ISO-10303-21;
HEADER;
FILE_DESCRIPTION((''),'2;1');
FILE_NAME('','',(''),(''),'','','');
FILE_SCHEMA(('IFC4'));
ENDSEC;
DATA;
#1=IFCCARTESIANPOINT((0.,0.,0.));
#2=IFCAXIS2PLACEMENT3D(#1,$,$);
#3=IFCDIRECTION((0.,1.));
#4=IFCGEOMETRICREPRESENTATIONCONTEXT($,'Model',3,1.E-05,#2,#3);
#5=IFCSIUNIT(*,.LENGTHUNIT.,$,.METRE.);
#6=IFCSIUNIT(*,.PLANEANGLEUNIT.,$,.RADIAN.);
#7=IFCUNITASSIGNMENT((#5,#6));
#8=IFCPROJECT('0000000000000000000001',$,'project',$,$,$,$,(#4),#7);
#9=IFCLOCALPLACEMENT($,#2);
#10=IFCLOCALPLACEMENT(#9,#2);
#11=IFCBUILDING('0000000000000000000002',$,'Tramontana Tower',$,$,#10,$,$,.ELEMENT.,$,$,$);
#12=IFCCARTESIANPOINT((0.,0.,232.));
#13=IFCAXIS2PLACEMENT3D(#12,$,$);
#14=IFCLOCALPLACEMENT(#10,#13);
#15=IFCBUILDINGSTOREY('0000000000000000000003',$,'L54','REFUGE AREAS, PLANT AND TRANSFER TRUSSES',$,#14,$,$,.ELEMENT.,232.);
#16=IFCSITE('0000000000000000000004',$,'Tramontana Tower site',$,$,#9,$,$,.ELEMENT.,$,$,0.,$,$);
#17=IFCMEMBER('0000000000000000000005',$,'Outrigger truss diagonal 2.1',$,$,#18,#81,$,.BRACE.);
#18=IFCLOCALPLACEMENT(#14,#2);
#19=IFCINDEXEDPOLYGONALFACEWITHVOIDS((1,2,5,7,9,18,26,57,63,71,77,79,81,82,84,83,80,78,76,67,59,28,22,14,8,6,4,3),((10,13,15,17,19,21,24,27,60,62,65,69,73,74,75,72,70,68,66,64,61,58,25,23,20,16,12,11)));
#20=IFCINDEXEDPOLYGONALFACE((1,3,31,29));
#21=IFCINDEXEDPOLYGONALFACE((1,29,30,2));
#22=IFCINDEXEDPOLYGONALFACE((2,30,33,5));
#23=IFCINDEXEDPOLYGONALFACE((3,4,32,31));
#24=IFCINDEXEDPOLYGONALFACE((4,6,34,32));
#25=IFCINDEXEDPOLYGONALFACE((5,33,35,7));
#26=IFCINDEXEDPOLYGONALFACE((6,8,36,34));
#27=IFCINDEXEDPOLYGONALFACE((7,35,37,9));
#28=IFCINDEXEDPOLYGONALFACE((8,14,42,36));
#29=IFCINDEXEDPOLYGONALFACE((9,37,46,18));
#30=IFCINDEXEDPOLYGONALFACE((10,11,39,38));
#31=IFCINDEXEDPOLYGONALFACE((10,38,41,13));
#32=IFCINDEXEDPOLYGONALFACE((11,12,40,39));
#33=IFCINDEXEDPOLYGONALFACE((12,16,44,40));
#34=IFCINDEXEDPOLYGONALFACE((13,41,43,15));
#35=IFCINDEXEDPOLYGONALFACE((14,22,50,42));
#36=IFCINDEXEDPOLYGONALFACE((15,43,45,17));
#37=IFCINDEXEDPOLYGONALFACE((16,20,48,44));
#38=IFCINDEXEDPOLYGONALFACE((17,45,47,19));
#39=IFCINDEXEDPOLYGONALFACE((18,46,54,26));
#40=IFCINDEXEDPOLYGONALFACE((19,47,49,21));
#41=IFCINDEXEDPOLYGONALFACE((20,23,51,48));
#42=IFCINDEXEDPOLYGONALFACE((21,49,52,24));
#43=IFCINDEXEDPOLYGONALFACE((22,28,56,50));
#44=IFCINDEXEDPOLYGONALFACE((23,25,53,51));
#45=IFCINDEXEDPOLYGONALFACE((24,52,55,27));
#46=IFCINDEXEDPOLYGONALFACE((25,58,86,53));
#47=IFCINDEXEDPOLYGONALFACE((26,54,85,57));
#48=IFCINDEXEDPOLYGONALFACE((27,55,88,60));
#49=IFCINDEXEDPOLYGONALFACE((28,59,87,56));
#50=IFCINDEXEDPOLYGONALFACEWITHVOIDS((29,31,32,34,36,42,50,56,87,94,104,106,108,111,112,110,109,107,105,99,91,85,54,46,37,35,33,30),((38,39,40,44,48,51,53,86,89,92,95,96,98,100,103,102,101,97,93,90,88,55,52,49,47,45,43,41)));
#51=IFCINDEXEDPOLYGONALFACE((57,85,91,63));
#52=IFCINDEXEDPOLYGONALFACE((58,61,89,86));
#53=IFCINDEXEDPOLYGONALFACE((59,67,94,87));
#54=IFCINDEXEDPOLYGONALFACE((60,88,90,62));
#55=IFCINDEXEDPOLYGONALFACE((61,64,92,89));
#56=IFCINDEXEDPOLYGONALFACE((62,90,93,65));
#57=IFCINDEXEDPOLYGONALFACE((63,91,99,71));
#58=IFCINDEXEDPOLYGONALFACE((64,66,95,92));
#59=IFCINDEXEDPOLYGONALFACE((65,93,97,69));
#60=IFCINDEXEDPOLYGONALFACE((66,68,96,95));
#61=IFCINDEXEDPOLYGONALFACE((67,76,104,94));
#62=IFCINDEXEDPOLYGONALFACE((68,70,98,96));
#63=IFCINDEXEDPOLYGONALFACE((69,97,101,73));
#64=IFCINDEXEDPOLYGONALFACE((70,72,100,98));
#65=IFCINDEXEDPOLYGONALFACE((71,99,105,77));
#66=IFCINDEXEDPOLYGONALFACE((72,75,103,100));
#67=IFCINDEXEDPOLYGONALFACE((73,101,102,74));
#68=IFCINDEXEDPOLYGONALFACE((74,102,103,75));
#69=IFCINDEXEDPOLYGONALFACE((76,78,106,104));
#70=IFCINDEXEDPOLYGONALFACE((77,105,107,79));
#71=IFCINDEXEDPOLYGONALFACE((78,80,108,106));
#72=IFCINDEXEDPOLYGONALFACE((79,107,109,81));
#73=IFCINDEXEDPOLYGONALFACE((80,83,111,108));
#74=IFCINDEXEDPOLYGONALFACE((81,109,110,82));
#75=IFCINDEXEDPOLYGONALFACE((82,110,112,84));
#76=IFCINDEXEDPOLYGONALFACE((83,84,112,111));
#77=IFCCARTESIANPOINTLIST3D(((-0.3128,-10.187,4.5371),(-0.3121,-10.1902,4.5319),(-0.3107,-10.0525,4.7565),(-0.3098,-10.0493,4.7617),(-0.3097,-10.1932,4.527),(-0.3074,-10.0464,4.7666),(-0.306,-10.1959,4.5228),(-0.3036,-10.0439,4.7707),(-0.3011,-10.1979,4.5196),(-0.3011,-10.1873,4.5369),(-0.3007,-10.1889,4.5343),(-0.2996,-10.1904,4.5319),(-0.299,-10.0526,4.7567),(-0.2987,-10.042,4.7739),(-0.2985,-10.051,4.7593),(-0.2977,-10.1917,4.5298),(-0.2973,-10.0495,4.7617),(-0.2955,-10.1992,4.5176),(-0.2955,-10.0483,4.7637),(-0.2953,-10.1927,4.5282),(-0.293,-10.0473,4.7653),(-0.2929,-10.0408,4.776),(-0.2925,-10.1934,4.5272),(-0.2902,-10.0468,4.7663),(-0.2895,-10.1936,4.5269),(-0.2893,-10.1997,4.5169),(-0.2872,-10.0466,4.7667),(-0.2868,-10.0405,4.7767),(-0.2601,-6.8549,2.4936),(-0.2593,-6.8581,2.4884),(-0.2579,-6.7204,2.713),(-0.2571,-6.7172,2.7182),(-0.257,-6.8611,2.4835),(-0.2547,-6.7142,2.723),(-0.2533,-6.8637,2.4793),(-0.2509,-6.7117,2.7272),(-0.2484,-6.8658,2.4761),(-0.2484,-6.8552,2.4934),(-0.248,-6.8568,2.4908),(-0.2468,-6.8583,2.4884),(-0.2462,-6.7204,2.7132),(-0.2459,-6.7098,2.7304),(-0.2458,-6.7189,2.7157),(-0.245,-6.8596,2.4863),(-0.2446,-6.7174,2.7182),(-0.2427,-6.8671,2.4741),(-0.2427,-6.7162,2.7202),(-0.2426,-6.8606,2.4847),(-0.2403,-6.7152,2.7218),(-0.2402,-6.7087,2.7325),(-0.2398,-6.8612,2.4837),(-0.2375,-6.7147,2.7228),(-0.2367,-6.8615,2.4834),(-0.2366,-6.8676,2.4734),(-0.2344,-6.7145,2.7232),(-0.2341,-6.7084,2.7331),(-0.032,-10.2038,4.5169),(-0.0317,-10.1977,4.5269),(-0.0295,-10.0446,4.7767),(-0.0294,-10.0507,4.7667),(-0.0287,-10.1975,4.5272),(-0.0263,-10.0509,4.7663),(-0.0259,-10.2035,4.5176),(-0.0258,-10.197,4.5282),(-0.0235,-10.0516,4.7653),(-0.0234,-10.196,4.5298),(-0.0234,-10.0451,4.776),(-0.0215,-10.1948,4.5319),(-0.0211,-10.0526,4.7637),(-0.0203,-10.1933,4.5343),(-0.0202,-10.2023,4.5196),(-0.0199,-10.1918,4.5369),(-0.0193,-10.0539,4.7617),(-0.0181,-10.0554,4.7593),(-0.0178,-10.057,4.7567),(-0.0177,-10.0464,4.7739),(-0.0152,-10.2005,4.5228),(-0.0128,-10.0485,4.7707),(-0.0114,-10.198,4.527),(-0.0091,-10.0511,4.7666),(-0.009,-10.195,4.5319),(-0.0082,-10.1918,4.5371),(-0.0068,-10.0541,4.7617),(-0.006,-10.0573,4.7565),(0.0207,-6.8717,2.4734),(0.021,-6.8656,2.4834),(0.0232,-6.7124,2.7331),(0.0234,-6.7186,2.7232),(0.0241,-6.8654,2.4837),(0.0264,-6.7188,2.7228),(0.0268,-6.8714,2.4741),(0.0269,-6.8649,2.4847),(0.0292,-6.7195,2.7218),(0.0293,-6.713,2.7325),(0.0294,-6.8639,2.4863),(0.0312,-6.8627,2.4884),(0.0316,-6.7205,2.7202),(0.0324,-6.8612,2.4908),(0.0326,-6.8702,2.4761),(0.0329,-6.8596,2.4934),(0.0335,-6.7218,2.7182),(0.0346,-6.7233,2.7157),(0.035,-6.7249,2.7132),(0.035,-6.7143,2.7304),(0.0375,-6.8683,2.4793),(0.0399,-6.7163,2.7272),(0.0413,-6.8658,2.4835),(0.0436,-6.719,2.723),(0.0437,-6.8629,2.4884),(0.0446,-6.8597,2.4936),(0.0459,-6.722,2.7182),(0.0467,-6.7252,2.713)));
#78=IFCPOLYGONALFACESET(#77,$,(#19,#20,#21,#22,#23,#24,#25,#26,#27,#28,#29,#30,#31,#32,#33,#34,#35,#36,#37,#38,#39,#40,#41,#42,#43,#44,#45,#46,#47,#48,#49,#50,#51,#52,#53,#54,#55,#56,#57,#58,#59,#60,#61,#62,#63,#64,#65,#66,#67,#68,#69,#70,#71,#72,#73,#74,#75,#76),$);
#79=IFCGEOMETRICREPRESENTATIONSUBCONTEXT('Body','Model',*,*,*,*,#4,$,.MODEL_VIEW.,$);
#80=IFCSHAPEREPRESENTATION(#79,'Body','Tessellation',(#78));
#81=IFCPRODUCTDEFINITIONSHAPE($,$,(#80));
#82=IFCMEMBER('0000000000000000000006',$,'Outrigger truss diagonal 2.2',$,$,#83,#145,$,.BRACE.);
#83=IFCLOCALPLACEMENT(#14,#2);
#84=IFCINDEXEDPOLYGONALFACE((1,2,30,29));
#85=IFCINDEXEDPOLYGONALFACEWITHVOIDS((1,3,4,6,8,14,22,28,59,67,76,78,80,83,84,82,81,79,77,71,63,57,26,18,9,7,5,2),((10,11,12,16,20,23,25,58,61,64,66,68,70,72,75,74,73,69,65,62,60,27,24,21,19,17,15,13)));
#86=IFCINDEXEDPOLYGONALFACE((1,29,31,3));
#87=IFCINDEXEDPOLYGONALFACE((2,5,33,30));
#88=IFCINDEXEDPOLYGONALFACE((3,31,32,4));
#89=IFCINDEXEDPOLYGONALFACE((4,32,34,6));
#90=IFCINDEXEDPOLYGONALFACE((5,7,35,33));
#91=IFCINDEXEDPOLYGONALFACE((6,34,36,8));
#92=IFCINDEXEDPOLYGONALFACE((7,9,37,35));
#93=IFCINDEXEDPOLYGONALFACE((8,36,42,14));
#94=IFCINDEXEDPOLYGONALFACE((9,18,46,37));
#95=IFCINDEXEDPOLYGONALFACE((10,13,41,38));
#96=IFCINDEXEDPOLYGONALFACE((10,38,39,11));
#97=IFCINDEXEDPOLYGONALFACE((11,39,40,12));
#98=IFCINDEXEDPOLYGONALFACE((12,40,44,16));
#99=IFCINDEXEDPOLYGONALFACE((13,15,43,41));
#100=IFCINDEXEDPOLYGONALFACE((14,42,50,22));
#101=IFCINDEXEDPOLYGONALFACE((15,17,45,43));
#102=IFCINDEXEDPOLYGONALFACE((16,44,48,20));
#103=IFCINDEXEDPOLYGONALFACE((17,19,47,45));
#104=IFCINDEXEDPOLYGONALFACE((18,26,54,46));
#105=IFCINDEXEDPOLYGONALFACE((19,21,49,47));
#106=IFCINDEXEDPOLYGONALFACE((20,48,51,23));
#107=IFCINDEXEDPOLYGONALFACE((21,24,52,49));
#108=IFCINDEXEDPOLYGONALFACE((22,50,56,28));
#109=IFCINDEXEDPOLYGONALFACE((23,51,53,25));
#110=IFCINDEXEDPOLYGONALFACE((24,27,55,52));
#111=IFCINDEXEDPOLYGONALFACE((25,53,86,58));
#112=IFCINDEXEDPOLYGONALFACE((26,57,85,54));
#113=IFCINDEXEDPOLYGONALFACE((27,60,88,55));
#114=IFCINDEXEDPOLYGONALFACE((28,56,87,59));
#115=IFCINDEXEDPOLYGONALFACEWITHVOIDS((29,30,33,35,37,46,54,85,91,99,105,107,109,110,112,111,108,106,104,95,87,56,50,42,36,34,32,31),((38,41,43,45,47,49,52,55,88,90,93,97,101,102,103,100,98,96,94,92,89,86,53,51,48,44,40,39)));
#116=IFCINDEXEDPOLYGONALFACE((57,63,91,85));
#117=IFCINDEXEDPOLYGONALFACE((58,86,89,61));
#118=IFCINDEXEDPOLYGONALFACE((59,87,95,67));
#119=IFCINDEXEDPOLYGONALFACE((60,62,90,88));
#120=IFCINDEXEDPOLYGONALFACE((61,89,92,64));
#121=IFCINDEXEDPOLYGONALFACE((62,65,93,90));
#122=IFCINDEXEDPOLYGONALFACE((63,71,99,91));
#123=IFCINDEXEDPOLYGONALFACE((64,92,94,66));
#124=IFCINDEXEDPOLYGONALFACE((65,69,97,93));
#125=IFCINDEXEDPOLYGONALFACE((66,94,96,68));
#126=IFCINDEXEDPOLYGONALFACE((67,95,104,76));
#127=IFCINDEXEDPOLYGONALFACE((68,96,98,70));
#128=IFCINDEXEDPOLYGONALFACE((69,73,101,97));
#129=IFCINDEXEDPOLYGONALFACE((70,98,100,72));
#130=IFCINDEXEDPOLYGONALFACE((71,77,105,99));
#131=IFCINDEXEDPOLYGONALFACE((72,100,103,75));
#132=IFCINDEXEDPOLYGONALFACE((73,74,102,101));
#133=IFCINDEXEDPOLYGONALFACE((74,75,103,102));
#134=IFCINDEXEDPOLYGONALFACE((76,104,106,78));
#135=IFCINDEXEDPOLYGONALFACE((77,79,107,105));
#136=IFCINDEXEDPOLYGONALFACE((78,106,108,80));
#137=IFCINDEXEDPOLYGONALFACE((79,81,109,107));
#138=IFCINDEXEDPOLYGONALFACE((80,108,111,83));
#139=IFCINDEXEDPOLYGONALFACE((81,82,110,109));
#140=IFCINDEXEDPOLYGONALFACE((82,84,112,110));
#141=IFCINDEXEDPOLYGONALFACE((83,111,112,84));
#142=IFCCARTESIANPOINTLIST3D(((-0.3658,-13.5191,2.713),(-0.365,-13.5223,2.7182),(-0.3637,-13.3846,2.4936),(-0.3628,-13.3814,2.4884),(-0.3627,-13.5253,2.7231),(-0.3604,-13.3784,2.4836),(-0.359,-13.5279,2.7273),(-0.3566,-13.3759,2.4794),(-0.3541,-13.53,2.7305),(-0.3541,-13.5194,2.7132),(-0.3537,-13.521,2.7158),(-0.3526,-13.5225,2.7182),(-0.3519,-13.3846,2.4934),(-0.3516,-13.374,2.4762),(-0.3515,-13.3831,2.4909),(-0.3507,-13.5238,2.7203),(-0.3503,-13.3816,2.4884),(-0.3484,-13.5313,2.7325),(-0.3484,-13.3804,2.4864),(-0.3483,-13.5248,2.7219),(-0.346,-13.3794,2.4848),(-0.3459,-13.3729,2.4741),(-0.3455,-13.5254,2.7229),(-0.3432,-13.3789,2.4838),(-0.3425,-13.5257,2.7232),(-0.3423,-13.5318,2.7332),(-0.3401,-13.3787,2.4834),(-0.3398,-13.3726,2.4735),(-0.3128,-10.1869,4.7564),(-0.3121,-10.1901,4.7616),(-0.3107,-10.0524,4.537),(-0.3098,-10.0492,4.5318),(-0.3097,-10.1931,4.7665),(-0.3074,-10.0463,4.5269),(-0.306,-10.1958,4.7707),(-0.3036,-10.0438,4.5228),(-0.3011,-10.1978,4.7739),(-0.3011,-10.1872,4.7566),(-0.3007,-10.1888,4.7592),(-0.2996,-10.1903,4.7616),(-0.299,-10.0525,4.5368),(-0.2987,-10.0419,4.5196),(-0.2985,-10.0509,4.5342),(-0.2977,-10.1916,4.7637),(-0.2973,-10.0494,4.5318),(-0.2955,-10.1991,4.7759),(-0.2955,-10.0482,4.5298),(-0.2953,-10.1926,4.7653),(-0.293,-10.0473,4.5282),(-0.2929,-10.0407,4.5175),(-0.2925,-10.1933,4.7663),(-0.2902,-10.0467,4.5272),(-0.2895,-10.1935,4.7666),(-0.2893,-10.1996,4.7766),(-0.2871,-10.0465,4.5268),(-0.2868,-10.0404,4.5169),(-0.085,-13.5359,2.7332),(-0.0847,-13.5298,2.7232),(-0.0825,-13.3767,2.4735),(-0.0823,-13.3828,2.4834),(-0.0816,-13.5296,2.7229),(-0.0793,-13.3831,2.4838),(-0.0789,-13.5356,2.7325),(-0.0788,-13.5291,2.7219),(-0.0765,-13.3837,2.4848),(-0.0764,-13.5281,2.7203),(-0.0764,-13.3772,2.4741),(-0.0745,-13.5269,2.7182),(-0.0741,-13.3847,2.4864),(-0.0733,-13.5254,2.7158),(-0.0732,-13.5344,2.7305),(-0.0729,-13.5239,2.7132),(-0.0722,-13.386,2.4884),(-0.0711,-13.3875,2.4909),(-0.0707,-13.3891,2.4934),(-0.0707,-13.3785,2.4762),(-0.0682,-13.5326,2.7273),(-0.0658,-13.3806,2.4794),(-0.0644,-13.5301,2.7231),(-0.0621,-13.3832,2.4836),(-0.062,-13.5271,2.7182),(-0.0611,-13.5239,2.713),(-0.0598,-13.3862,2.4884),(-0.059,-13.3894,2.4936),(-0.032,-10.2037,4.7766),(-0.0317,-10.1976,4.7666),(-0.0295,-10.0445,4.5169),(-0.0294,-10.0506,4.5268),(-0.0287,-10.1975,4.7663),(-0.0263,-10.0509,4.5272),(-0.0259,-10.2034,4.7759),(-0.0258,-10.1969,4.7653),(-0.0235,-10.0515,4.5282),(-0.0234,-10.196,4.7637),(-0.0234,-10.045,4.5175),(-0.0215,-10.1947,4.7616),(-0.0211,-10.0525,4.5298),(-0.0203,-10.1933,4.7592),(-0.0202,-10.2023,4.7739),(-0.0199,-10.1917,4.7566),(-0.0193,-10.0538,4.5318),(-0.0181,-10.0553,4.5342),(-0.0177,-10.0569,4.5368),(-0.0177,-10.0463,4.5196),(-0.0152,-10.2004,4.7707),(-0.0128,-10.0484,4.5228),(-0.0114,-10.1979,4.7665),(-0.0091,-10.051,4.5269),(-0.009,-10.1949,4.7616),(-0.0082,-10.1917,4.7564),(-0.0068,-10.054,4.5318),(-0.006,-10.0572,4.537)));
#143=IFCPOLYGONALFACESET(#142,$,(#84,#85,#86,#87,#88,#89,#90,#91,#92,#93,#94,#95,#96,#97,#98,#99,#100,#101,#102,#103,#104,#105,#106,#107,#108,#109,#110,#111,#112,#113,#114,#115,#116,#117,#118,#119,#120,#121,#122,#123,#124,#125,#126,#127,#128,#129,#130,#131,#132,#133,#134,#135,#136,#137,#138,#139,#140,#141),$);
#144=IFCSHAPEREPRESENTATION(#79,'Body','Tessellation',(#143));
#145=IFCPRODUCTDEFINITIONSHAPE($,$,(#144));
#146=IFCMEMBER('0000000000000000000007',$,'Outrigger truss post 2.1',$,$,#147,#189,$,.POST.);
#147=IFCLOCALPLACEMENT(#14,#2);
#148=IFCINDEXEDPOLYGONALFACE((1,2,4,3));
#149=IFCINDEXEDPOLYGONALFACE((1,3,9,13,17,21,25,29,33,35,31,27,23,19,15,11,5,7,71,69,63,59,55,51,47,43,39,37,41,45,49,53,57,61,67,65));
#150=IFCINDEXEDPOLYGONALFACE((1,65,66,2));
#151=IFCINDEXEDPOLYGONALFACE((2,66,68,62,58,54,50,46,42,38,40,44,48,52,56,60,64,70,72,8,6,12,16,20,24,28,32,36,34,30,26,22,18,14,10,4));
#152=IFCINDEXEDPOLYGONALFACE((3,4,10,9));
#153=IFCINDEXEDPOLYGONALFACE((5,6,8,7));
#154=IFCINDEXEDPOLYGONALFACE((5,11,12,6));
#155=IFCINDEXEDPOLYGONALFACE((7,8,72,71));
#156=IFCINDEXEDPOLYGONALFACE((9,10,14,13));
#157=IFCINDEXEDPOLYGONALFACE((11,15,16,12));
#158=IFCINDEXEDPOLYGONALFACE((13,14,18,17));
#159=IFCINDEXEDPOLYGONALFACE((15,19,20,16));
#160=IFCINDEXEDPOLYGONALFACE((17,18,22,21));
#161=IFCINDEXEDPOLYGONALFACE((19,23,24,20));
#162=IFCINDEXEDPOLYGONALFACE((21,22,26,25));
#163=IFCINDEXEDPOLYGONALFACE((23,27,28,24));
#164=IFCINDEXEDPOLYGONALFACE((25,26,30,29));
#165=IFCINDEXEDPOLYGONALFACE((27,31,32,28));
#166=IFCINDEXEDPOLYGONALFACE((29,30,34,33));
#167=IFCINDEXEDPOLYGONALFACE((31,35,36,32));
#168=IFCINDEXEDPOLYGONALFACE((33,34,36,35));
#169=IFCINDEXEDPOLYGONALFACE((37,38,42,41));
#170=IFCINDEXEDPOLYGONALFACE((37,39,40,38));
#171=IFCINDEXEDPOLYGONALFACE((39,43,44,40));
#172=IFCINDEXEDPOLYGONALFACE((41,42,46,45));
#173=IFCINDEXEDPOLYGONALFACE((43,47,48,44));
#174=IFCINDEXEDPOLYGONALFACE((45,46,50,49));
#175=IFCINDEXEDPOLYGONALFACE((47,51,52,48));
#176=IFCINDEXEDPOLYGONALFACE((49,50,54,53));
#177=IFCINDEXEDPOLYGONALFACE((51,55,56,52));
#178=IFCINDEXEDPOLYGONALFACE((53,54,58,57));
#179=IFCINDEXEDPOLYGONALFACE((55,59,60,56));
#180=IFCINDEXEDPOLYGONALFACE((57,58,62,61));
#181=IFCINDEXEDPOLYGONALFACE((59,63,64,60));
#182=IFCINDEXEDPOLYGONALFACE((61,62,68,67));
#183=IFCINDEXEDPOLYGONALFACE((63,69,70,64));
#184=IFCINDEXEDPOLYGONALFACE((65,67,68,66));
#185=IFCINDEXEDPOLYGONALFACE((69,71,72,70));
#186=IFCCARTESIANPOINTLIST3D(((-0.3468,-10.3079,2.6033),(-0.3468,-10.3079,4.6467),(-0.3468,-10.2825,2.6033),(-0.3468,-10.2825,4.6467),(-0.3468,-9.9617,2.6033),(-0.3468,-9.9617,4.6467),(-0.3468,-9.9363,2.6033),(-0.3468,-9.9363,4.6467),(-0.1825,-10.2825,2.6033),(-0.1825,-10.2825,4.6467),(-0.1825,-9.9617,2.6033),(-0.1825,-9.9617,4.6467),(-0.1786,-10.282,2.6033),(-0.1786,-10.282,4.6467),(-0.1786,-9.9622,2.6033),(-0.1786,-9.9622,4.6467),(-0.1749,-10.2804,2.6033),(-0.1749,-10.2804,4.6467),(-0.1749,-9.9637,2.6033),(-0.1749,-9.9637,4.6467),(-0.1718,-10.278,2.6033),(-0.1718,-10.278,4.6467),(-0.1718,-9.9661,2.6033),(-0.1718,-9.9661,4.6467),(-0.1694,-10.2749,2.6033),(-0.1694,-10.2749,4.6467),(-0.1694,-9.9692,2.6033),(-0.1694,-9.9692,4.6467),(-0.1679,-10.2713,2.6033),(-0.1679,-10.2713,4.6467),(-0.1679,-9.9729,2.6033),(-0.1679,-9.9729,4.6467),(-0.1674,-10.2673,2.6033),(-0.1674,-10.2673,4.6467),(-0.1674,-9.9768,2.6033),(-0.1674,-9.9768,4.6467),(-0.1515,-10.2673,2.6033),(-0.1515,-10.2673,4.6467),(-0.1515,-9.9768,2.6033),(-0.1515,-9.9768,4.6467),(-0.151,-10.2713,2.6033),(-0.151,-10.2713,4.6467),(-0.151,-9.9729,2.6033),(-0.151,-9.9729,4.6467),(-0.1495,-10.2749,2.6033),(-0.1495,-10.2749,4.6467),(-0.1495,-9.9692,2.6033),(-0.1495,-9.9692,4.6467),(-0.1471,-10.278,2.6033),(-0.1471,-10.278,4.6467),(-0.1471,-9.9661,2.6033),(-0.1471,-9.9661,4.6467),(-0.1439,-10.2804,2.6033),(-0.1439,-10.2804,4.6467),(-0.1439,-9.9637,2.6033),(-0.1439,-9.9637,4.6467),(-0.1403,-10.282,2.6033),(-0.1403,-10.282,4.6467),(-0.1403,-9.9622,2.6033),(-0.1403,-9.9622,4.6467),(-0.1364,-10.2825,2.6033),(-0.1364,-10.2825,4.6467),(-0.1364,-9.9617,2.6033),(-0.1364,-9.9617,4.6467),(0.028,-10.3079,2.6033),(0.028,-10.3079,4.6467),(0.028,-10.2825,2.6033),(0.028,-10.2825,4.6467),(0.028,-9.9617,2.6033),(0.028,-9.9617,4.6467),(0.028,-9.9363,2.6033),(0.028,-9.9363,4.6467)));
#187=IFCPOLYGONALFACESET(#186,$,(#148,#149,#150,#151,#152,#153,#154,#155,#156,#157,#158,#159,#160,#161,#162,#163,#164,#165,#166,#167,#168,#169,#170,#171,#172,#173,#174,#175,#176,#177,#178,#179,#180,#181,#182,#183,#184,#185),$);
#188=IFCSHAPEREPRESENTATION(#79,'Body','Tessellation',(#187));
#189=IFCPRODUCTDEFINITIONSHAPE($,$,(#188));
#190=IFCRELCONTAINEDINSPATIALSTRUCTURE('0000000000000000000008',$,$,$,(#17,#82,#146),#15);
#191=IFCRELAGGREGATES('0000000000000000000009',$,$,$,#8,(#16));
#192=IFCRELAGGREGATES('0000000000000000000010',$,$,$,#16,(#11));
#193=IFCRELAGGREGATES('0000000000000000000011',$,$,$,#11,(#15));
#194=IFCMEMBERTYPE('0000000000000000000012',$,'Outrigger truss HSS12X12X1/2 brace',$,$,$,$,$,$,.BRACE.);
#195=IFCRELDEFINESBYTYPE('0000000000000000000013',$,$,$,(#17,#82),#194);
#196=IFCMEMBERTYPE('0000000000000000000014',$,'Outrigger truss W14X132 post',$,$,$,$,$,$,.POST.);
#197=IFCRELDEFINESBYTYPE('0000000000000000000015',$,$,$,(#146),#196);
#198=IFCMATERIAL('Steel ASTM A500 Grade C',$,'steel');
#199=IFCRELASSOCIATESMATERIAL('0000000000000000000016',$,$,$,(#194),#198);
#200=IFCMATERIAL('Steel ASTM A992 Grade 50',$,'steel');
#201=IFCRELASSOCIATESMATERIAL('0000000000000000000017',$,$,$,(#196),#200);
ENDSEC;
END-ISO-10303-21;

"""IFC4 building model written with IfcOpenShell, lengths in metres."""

from ifc_helpers import new_model, si_unit, direction, frame, origin, origin_2d, place, context, subcontext, project, spatial, hollow_rectangle, i_section, extrude, material, material_profile, profile_set, type_object, element, save


model = new_model("IFC4")

# Units and contexts
model_context = context("Model", 3, precision=1e-05, world=origin(), true_north=direction((0.0, 1.0)))
body_context = subcontext(model_context, "Body", "Model", "MODEL_VIEW")
ifc_project = project(units=[si_unit("LENGTHUNIT", "METRE"), si_unit("PLANEANGLEUNIT", "RADIAN")], contexts=[model_context])

# Site, building, storey
site_placement = place(None, origin())
site = spatial("IfcSite", under=ifc_project, at=site_placement, Name="Tramontana Tower site", CompositionType="ELEMENT", RefElevation=0.0)
building_placement = place(site_placement, origin())
building = spatial("IfcBuilding", under=site, at=building_placement, Name="Tramontana Tower", CompositionType="ELEMENT")
storey_placement = place(building_placement, frame((0.0, 0.0, 232.0)))
storey = spatial("IfcBuildingStorey", under=building, at=storey_placement, Name="L54", Description="REFUGE AREAS, PLANT AND TRANSFER TRUSSES", CompositionType="ELEMENT", Elevation=232.0)

# Members
ifc_material_1 = material(Name="Steel ASTM A500 Grade C", Category="steel")
ifc_material_profile_1 = material_profile(ifc_material_1, hollow_rectangle(XDim=0.3047, YDim=0.3047, WallThickness=0.0117, InnerFilletRadius=0.0117, OuterFilletRadius=0.0237, at=origin_2d()), Name="HSS12X12X1/2")
ifc_profile_set_1 = profile_set([ifc_material_profile_1], Name="Steel ASTM A500 Grade C")
member_type_1 = type_object("IfcMemberType", Name="Outrigger truss HSS12X12X1/2 brace", PredefinedType="BRACE", material=ifc_profile_set_1)
for number, where, z_axis, x_axis, name in (
    (1, (-0.1067, -6.79, 2.6033), (-0.01349, -0.852382, 0.522746), (0.999875, -0.015825, 0.0), "Outrigger truss diagonal 2.1"),
    (2, (-0.1594, -10.1221, 4.6467), (-0.013552, -0.852398, -0.522718), (0.999874, -0.015897, 0.0), "Outrigger truss diagonal 2.2"),
):
    element("IfcMember", number, at=place(storey_placement, frame(where, z_axis=z_axis, x_axis=x_axis)), inside=storey, type_object=member_type_1, Name=name, PredefinedType="BRACE", context=body_context, shape_type="SweptSolid", body=[
        extrude(hollow_rectangle(XDim=0.3047, YDim=0.3047, WallThickness=0.0117, InnerFilletRadius=0.0117, OuterFilletRadius=0.0237, at=origin_2d()), origin(), (0.0, 0.0, 1.0), 3.9092),
    ])
ifc_material_2 = material(Name="Steel ASTM A992 Grade 50", Category="steel")
ifc_material_profile_2 = material_profile(ifc_material_2, i_section(OverallWidth=0.3748, OverallDepth=0.3716, WebThickness=0.0159, FlangeThickness=0.0254, FilletRadius=0.0151, at=origin_2d()), Name="W14X132")
ifc_profile_set_2 = profile_set([ifc_material_profile_2], Name="Steel ASTM A992 Grade 50")
member_type_2 = type_object("IfcMemberType", Name="Outrigger truss W14X132 post", PredefinedType="POST", material=ifc_profile_set_2)
member_1_placement = place(storey_placement, frame((-0.1594, -10.1221, 2.6033), z_axis=(0.0, 0.0, 1.0), x_axis=(1.0, 0.0, 0.0)))
element("IfcMember", 3, at=member_1_placement, inside=storey, type_object=member_type_2, Name="Outrigger truss post 2.1", PredefinedType="POST", context=body_context, shape_type="SweptSolid", body=[
    extrude(i_section(OverallWidth=0.3748, OverallDepth=0.3716, WebThickness=0.0159, FlangeThickness=0.0254, FilletRadius=0.0151, at=origin_2d()), origin(), (0.0, 0.0, 1.0), 2.0435),
])

save(model, "model.ifc")
